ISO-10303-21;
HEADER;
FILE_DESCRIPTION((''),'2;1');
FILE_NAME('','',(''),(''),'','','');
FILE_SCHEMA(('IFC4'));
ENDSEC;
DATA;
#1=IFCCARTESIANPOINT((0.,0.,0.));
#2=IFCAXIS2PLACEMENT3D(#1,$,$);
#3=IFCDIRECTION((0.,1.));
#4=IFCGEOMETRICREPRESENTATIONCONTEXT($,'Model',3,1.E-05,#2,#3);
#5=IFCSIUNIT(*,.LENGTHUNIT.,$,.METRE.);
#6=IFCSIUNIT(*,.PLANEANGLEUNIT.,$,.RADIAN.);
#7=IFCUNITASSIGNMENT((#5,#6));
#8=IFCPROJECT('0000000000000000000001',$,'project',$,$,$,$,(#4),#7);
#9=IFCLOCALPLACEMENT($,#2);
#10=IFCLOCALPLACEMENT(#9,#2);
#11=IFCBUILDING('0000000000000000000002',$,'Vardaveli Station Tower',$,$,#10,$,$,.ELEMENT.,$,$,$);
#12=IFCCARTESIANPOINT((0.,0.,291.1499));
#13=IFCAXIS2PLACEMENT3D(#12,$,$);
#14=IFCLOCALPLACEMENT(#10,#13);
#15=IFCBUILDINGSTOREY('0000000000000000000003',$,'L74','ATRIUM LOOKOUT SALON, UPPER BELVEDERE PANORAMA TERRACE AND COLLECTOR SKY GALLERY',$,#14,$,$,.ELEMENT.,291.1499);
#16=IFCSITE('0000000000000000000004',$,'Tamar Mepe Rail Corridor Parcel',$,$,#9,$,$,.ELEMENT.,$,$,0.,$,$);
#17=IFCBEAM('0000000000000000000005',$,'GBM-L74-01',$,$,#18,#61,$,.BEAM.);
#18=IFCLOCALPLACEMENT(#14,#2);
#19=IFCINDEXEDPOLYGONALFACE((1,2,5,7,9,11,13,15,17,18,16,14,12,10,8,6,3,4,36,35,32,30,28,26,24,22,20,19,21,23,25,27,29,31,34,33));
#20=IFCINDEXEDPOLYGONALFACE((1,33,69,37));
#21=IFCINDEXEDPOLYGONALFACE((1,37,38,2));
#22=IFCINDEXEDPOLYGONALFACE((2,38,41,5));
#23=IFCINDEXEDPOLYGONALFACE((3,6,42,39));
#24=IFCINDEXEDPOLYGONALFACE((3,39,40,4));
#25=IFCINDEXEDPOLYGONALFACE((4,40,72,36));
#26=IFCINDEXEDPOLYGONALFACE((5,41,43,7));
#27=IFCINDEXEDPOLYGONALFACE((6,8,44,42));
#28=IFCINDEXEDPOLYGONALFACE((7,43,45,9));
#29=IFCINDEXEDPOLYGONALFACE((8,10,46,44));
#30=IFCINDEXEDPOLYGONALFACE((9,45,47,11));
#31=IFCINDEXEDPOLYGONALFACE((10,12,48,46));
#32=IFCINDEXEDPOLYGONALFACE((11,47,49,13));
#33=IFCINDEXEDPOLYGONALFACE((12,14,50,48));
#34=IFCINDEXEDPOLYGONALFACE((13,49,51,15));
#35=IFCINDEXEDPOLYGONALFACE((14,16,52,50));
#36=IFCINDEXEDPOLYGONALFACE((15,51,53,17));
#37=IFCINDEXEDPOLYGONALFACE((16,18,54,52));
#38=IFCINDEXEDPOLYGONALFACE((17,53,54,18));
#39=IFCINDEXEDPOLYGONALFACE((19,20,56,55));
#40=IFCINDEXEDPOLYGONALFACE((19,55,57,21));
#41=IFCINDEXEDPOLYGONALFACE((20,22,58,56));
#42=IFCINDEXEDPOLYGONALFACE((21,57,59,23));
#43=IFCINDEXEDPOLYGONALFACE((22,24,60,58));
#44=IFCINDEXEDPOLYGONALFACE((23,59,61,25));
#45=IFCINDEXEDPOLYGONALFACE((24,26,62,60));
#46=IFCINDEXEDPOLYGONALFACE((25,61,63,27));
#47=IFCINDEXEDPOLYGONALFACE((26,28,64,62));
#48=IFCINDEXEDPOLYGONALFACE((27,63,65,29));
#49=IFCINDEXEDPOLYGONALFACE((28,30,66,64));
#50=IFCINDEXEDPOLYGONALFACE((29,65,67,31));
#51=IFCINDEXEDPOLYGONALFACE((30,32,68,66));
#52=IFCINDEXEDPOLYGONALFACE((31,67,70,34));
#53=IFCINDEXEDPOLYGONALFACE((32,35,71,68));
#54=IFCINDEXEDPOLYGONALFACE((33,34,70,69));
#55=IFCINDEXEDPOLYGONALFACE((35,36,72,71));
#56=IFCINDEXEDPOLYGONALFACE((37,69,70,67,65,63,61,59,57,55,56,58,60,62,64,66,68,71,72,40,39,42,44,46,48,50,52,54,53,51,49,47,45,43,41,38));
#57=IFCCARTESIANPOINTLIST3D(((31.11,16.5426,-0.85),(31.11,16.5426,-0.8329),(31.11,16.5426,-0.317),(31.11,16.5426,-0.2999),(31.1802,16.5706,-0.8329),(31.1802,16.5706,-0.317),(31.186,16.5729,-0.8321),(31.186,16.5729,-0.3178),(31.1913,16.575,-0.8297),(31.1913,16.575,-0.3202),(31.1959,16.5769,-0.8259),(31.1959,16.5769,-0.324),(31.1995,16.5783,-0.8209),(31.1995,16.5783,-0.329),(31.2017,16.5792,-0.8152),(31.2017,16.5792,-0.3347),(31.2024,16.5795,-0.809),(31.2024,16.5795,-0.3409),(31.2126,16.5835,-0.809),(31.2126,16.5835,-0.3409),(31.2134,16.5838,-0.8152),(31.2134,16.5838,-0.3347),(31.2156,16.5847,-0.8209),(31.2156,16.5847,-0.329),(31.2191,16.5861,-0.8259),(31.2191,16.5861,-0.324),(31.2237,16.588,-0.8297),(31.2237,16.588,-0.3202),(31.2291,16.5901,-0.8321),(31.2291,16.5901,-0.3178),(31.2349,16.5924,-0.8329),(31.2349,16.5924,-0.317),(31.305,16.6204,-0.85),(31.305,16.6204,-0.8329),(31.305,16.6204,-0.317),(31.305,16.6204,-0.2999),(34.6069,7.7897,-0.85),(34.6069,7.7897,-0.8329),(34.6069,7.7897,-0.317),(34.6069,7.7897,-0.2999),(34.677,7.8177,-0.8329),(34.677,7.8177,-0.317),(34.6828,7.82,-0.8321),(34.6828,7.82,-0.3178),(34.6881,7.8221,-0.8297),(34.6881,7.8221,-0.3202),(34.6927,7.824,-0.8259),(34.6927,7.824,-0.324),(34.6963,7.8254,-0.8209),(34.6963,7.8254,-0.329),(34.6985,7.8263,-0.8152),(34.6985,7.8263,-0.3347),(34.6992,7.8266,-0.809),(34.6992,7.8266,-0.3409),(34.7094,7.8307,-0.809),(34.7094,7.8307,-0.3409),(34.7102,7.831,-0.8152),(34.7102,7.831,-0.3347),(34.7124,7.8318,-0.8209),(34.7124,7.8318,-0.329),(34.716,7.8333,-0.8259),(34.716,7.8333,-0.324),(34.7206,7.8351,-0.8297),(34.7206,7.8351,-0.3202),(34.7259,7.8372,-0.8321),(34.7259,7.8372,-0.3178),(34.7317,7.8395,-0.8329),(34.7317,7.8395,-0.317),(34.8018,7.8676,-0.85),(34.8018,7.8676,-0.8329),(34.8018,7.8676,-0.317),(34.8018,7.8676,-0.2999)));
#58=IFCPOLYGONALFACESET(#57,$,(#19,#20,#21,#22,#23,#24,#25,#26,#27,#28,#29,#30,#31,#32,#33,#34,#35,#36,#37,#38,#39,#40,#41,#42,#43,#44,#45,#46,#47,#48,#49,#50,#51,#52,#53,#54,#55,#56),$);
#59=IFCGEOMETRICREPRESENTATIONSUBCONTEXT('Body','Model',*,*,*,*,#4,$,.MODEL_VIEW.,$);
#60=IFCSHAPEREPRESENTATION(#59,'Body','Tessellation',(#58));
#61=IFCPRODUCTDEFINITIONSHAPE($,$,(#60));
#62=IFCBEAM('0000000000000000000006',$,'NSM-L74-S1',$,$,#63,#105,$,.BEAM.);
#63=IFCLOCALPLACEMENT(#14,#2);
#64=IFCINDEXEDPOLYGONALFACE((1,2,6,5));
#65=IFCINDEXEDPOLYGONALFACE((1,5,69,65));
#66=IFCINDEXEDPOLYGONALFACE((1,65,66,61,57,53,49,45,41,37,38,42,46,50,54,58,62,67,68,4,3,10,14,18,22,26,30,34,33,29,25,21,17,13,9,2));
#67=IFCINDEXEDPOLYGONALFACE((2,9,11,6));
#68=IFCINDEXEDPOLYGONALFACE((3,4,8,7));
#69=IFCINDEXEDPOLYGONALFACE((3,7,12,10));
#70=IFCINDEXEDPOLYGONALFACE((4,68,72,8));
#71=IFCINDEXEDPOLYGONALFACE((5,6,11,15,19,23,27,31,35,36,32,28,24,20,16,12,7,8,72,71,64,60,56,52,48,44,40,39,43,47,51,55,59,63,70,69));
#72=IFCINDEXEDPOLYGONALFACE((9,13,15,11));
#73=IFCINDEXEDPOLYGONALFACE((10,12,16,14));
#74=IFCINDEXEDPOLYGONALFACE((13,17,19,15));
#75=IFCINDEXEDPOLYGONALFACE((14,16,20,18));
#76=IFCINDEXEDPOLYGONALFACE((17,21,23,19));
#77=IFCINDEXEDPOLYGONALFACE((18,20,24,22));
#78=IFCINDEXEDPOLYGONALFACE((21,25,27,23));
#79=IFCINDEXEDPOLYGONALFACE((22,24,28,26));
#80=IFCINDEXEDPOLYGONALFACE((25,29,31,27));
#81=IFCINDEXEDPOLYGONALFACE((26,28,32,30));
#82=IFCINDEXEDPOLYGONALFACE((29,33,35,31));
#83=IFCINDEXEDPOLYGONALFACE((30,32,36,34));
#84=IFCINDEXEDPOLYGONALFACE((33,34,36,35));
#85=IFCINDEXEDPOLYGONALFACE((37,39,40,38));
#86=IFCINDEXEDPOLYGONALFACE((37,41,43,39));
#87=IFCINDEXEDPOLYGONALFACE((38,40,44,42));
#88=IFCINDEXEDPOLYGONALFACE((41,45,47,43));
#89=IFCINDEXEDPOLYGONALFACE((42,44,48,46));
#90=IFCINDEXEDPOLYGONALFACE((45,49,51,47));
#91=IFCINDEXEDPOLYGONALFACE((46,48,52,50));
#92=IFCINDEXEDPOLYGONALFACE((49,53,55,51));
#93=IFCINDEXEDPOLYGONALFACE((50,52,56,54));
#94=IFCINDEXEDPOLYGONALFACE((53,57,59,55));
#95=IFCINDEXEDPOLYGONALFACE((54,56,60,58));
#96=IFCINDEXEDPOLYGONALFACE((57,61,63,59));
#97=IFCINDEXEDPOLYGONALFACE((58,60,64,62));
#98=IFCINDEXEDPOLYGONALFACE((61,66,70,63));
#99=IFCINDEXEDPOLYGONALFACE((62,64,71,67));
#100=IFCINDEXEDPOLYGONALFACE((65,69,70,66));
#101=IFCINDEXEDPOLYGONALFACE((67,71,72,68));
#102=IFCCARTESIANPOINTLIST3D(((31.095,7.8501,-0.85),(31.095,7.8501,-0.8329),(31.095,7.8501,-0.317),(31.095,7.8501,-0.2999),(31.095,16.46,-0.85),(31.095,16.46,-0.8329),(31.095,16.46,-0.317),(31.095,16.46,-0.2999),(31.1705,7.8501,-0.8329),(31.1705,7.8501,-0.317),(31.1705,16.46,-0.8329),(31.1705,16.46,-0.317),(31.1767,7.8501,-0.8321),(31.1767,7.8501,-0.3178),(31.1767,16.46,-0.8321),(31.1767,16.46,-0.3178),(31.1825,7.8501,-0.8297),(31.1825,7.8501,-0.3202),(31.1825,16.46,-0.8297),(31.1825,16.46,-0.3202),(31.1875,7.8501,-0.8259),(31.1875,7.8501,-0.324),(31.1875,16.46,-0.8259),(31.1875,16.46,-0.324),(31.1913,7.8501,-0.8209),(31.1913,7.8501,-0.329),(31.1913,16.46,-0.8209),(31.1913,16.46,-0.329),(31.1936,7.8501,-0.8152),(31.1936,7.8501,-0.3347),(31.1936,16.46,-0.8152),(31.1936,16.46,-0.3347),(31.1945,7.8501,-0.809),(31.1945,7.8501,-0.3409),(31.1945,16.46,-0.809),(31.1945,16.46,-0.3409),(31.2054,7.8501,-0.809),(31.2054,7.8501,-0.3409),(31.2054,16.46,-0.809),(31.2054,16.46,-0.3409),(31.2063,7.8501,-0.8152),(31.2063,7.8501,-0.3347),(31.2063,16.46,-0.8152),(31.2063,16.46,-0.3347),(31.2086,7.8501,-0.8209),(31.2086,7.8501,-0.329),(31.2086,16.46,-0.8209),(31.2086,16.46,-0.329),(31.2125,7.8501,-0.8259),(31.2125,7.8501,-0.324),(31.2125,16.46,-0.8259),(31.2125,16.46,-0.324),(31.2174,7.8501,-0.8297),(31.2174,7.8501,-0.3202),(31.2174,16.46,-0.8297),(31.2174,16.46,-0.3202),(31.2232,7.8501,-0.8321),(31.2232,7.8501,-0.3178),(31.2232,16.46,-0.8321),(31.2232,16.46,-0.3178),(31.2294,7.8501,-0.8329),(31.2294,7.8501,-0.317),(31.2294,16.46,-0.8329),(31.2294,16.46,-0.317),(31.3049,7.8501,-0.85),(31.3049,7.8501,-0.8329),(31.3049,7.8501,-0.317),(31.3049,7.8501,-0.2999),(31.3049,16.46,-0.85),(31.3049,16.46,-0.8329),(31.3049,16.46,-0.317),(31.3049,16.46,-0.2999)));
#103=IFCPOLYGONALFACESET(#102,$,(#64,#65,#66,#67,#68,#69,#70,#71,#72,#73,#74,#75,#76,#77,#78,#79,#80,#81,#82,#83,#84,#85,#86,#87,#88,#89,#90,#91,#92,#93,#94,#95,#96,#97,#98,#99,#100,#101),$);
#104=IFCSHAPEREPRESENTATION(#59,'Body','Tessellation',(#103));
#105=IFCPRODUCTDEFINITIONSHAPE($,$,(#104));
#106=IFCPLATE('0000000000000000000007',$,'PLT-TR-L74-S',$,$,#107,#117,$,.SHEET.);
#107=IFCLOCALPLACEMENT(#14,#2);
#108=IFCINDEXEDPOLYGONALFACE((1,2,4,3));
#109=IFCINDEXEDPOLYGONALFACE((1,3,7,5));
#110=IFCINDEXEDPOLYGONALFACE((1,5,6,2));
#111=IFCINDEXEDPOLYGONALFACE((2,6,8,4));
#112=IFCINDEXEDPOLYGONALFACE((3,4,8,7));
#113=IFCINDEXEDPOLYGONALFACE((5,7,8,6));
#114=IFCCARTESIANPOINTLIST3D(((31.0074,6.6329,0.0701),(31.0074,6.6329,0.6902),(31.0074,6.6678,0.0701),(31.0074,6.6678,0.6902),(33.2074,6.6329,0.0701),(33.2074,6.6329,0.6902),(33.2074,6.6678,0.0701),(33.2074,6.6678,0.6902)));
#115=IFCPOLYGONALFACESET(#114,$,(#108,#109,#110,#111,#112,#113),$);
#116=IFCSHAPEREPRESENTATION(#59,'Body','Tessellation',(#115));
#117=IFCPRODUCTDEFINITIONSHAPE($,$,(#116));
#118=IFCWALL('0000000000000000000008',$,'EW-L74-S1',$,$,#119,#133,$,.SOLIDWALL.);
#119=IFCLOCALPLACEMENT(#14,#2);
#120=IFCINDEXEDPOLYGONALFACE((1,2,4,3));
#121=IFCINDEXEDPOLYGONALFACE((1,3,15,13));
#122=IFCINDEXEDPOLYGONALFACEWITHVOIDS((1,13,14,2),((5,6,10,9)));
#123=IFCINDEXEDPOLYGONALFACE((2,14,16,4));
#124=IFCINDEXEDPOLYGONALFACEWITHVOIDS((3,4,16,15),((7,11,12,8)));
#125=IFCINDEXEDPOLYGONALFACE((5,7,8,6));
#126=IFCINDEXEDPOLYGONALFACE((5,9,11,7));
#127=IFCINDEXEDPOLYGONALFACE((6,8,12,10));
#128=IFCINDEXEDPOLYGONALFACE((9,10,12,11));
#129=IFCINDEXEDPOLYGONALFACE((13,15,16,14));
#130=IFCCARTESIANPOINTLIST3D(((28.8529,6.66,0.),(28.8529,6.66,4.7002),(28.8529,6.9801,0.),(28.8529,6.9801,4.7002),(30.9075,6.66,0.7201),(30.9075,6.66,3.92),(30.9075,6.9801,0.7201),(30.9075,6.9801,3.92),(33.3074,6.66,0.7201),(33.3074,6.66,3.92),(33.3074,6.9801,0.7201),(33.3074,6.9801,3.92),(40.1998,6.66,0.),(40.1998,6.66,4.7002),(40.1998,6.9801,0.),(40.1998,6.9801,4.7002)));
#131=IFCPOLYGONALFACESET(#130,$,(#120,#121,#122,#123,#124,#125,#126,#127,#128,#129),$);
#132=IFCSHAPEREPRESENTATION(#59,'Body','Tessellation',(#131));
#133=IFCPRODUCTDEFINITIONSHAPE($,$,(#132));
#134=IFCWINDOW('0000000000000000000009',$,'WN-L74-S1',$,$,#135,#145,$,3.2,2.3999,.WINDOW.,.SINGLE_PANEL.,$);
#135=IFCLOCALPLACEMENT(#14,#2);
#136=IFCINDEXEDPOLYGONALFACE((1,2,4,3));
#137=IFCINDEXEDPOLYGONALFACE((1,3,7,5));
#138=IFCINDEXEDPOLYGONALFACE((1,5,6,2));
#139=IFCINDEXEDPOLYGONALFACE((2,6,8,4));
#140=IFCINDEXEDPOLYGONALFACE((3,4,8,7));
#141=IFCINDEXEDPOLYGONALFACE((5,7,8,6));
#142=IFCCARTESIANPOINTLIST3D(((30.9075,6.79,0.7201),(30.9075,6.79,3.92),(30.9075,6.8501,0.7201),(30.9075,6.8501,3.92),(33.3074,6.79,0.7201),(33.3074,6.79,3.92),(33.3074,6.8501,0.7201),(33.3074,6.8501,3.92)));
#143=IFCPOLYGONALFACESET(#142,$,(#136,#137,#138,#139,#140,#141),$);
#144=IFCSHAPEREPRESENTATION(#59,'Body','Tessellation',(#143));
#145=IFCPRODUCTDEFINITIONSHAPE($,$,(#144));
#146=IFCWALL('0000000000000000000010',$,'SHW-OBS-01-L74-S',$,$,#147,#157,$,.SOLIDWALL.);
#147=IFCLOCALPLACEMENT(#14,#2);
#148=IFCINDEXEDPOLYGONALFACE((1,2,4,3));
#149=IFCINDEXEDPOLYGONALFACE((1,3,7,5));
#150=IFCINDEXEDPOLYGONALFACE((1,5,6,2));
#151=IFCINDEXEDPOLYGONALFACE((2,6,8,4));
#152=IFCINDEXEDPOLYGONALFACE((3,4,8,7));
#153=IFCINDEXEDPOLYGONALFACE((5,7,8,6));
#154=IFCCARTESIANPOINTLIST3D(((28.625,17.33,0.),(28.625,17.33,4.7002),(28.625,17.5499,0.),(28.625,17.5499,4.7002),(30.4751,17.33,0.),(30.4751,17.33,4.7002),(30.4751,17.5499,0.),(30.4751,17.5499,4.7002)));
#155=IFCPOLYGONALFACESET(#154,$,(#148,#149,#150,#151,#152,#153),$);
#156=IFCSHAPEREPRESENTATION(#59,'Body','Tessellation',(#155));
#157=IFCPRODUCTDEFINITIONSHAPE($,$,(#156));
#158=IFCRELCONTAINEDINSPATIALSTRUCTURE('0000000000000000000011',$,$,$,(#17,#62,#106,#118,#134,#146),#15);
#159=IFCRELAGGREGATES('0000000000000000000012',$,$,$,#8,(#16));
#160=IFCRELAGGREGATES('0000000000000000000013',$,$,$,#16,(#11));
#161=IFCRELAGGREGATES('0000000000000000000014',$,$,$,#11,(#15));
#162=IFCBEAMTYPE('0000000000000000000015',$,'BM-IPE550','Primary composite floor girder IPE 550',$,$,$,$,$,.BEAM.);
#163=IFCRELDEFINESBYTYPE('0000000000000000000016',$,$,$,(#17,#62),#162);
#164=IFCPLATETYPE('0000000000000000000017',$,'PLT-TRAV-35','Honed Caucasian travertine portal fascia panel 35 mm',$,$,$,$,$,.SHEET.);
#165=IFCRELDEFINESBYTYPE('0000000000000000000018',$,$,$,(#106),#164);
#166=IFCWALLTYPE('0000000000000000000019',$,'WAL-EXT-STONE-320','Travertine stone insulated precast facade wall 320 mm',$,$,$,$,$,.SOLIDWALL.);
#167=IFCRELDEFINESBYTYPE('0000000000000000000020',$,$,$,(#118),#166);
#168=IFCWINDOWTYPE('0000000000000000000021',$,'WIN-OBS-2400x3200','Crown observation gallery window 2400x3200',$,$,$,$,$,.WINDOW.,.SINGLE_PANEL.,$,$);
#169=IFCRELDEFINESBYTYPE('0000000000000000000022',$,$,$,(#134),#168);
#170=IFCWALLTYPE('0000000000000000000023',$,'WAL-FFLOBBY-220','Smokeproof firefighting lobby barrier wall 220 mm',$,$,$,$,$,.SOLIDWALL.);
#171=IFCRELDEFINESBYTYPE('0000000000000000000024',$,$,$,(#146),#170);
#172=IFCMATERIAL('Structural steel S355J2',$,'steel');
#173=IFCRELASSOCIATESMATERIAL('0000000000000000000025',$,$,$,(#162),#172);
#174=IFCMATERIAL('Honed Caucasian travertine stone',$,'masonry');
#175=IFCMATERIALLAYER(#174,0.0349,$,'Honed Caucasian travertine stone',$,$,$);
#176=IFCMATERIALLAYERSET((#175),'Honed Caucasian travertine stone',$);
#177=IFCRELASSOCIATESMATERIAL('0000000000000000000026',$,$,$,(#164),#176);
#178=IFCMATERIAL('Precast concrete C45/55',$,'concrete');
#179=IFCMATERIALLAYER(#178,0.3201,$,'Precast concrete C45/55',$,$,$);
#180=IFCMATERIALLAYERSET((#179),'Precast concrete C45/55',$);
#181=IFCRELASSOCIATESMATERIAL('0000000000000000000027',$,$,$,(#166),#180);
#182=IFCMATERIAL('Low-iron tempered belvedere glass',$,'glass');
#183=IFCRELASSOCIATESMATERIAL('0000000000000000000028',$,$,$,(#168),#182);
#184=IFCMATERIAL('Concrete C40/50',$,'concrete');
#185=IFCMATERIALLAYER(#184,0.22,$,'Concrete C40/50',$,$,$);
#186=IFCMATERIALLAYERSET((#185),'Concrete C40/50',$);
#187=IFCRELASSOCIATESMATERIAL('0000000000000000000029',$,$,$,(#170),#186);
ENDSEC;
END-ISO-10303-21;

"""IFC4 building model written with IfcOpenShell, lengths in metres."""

from ifc_helpers import new_model, si_unit, direction, frame, frame_2d, origin, origin_2d, place, context, subcontext, project, spatial, rectangle, i_section, extrude, source, transform, mapped, material, layer, layer_set, material_profile, profile_set, type_object, element, fill, save


model = new_model("IFC4")

# Units and contexts
model_context = context("Model", 3, precision=1e-05, world=origin(), true_north=direction((0.0, 1.0)))
body_context = subcontext(model_context, "Body", "Model", "MODEL_VIEW")
ifc_project = project(units=[si_unit("LENGTHUNIT", "METRE"), si_unit("PLANEANGLEUNIT", "RADIAN")], contexts=[model_context])

# Site, building, storey
site_placement = place(None, origin())
site = spatial("IfcSite", under=ifc_project, at=site_placement, Name="Tamar Mepe Rail Corridor Parcel", CompositionType="ELEMENT", RefElevation=0.0)
building_placement = place(site_placement, origin())
building = spatial("IfcBuilding", under=site, at=building_placement, Name="Vardaveli Station Tower", CompositionType="ELEMENT")
storey_placement = place(building_placement, frame((0.0, 0.0, 291.1499)))
storey = spatial("IfcBuildingStorey", under=building, at=storey_placement, Name="L74", Description="ATRIUM LOOKOUT SALON, UPPER BELVEDERE PANORAMA TERRACE AND COLLECTOR SKY GALLERY", CompositionType="ELEMENT", Elevation=291.1499)

# Shared definitions
ifc_material_1 = material(Name="Structural steel S355J2", Category="steel")

# Beams
ifc_material_2 = material(Name="Precast concrete C45/55", Category="concrete")
ifc_material_profile_1 = material_profile(ifc_material_1, i_section(OverallWidth=0.21, OverallDepth=0.55, WebThickness=0.011, FlangeThickness=0.0171, FilletRadius=0.0239, at=origin_2d()), Name="IPE 550")
ifc_profile_set_1 = profile_set([ifc_material_profile_1], Name="Structural steel S355J2")
beam_type_1 = type_object("IfcBeamType", Name="BM-IPE550", Description="Primary composite floor girder IPE 550", PredefinedType="BEAM", material=ifc_profile_set_1)
shared_shape_1 = source(origin(), body_context, "Body", "SweptSolid", [
    extrude(i_section(OverallWidth=0.21, OverallDepth=0.55, WebThickness=0.011, FlangeThickness=0.0171, FilletRadius=0.0239, at=origin_2d()), origin(), (0.0, 0.0, 1.0), 9.4255),
])
beam_1_placement = place(storey_placement, frame((34.7043, 7.8286, -0.575), z_axis=(-0.370993, 0.928636, 0.0), x_axis=(-0.928636, -0.370993, 0.0)))
element("IfcBeam", 1, at=beam_1_placement, inside=storey, type_object=beam_type_1, Name="GBM-L74-01", PredefinedType="BEAM", context=body_context, shape_type="MappedRepresentation", body=[
    mapped(shared_shape_1, transform((0.0, 0.0, 0.0), scale=1.0)),
])
shared_shape_2 = source(origin(), body_context, "Body", "SweptSolid", [
    extrude(i_section(OverallWidth=0.21, OverallDepth=0.55, WebThickness=0.011, FlangeThickness=0.0171, FilletRadius=0.0239, at=origin_2d()), origin(), (0.0, 0.0, 1.0), 8.6099),
])
beam_2_placement = place(storey_placement, frame((31.2, 7.8501, -0.575), z_axis=(0.0, 1.0, 0.0), x_axis=(-1.0, 0.0, 0.0)))
element("IfcBeam", 2, at=beam_2_placement, inside=storey, type_object=beam_type_1, Name="NSM-L74-S1", PredefinedType="BEAM", context=body_context, shape_type="MappedRepresentation", body=[
    mapped(shared_shape_2, transform((0.0, 0.0, 0.0), scale=1.0)),
])

# Plate
ifc_material_3 = material(Name="Honed Caucasian travertine stone", Category="masonry")
ifc_layer_1 = layer(ifc_material_3, 0.0349, Name="Honed Caucasian travertine stone")
ifc_layer_set_1 = layer_set([ifc_layer_1], Name="Honed Caucasian travertine stone")
plate_type = type_object("IfcPlateType", Name="PLT-TRAV-35", Description="Honed Caucasian travertine portal fascia panel 35 mm", PredefinedType="SHEET", material=ifc_layer_set_1)
shared_shape_3 = source(origin(), body_context, "Body", "SweptSolid", [
    extrude(rectangle(XDim=2.2, YDim=0.0349, at=origin_2d()), origin(), (0.0, 0.0, 1.0), 0.6201),
])
plate_placement = place(storey_placement, frame((32.1074, 6.6504, 0.0701), z_axis=(0.0, 0.0, 1.0), x_axis=(1.0, 0.0, 0.0)))
element("IfcPlate", 3, at=plate_placement, inside=storey, type_object=plate_type, Name="PLT-TR-L74-S", PredefinedType="SHEET", context=body_context, shape_type="MappedRepresentation", body=[
    mapped(shared_shape_3, transform((0.0, 0.0, 0.0), scale=1.0)),
])

# Wall, opening, window
ifc_layer_2 = layer(ifc_material_2, 0.3201, Name="Precast concrete C45/55")
ifc_layer_set_2 = layer_set([ifc_layer_2], Name="Precast concrete C45/55")
wall_type_1 = type_object("IfcWallType", Name="WAL-EXT-STONE-320", Description="Travertine stone insulated precast facade wall 320 mm", PredefinedType="SOLIDWALL", material=ifc_layer_set_2)
shared_shape_4 = source(origin(), body_context, "Body", "SweptSolid", [
    extrude(rectangle(XDim=11.3469, YDim=0.3201, at=frame_2d((5.6733, 0.0))), origin(), (0.0, 0.0, 1.0), 4.7002),
])
wall_1_placement = place(storey_placement, frame((28.853, 6.8201, 0.0), z_axis=(0.0, 0.0, 1.0), x_axis=(1.0, 0.0, 0.0)))
wall_1 = element("IfcWall", 4, at=wall_1_placement, inside=storey, type_object=wall_type_1, Name="EW-L74-S1", PredefinedType="SOLIDWALL", context=body_context, shape_type="MappedRepresentation", body=[
    mapped(shared_shape_4, transform((0.0, 0.0, 0.0), scale=1.0)),
])
shared_shape_5 = source(origin(), body_context, "Body", "SweptSolid", [
    extrude(rectangle(XDim=2.3999, YDim=3.2, at=frame_2d((1.2, 1.6001))), frame((0.0, 0.1699, 0.0), z_axis=(0.0, -1.0, 0.0), x_axis=(1.0, 0.0, 0.0)), (0.0, 0.0, 1.0), 0.3401),
])
opening_1_placement = place(wall_1_placement, frame((2.0544, 0.0, 0.72)))
opening_1 = element("IfcOpeningElement", 5, at=opening_1_placement, cuts=wall_1, PredefinedType="OPENING", context=body_context, shape_type="MappedRepresentation", body=[
    mapped(shared_shape_5, transform((0.0, 0.0, 0.0), scale=1.0)),
])
ifc_material_4 = material(Name="Low-iron tempered belvedere glass", Category="glass")
window_type = type_object("IfcWindowType", Name="WIN-OBS-2400x3200", Description="Crown observation gallery window 2400x3200", PartitioningType="SINGLE_PANEL", PredefinedType="WINDOW", material=ifc_material_4)
shared_shape_6 = source(origin(), body_context, "Body", "SweptSolid", [
    extrude(rectangle(XDim=2.3999, YDim=3.2, at=frame_2d((1.2, 1.6001))), frame((0.0, 0.03, 0.0), z_axis=(0.0, -1.0, 0.0), x_axis=(1.0, 0.0, 0.0)), (0.0, 0.0, 1.0), 0.0601),
])
window_placement = place(opening_1_placement, origin())
window = element("IfcWindow", 6, at=window_placement, inside=storey, type_object=window_type, Name="WN-L74-S1", OverallHeight=3.2, OverallWidth=2.3999, PartitioningType="SINGLE_PANEL", PredefinedType="WINDOW", context=body_context, shape_type="MappedRepresentation", body=[
    mapped(shared_shape_6, transform((0.0, 0.0, 0.0), scale=1.0)),
])
fill(opening_1, window)

# Wall
ifc_material_5 = material(Name="Concrete C40/50", Category="concrete")
ifc_layer_3 = layer(ifc_material_5, 0.22, Name="Concrete C40/50")
ifc_layer_set_3 = layer_set([ifc_layer_3], Name="Concrete C40/50")
wall_type_2 = type_object("IfcWallType", Name="WAL-FFLOBBY-220", Description="Smokeproof firefighting lobby barrier wall 220 mm", PredefinedType="SOLIDWALL", material=ifc_layer_set_3)
shared_shape_7 = source(origin(), body_context, "Body", "SweptSolid", [
    extrude(rectangle(XDim=1.8501, YDim=0.22, at=frame_2d((0.925, 0.0))), origin(), (0.0, 0.0, 1.0), 4.7002),
])
wall_2_placement = place(storey_placement, frame((28.625, 17.4399, 0.0), z_axis=(0.0, 0.0, 1.0), x_axis=(1.0, 0.0, 0.0)))
element("IfcWall", 7, at=wall_2_placement, inside=storey, type_object=wall_type_2, Name="SHW-OBS-01-L74-S", PredefinedType="SOLIDWALL", context=body_context, shape_type="MappedRepresentation", body=[
    mapped(shared_shape_7, transform((0.0, 0.0, 0.0), scale=1.0)),
])

save(model, "model.ifc")
